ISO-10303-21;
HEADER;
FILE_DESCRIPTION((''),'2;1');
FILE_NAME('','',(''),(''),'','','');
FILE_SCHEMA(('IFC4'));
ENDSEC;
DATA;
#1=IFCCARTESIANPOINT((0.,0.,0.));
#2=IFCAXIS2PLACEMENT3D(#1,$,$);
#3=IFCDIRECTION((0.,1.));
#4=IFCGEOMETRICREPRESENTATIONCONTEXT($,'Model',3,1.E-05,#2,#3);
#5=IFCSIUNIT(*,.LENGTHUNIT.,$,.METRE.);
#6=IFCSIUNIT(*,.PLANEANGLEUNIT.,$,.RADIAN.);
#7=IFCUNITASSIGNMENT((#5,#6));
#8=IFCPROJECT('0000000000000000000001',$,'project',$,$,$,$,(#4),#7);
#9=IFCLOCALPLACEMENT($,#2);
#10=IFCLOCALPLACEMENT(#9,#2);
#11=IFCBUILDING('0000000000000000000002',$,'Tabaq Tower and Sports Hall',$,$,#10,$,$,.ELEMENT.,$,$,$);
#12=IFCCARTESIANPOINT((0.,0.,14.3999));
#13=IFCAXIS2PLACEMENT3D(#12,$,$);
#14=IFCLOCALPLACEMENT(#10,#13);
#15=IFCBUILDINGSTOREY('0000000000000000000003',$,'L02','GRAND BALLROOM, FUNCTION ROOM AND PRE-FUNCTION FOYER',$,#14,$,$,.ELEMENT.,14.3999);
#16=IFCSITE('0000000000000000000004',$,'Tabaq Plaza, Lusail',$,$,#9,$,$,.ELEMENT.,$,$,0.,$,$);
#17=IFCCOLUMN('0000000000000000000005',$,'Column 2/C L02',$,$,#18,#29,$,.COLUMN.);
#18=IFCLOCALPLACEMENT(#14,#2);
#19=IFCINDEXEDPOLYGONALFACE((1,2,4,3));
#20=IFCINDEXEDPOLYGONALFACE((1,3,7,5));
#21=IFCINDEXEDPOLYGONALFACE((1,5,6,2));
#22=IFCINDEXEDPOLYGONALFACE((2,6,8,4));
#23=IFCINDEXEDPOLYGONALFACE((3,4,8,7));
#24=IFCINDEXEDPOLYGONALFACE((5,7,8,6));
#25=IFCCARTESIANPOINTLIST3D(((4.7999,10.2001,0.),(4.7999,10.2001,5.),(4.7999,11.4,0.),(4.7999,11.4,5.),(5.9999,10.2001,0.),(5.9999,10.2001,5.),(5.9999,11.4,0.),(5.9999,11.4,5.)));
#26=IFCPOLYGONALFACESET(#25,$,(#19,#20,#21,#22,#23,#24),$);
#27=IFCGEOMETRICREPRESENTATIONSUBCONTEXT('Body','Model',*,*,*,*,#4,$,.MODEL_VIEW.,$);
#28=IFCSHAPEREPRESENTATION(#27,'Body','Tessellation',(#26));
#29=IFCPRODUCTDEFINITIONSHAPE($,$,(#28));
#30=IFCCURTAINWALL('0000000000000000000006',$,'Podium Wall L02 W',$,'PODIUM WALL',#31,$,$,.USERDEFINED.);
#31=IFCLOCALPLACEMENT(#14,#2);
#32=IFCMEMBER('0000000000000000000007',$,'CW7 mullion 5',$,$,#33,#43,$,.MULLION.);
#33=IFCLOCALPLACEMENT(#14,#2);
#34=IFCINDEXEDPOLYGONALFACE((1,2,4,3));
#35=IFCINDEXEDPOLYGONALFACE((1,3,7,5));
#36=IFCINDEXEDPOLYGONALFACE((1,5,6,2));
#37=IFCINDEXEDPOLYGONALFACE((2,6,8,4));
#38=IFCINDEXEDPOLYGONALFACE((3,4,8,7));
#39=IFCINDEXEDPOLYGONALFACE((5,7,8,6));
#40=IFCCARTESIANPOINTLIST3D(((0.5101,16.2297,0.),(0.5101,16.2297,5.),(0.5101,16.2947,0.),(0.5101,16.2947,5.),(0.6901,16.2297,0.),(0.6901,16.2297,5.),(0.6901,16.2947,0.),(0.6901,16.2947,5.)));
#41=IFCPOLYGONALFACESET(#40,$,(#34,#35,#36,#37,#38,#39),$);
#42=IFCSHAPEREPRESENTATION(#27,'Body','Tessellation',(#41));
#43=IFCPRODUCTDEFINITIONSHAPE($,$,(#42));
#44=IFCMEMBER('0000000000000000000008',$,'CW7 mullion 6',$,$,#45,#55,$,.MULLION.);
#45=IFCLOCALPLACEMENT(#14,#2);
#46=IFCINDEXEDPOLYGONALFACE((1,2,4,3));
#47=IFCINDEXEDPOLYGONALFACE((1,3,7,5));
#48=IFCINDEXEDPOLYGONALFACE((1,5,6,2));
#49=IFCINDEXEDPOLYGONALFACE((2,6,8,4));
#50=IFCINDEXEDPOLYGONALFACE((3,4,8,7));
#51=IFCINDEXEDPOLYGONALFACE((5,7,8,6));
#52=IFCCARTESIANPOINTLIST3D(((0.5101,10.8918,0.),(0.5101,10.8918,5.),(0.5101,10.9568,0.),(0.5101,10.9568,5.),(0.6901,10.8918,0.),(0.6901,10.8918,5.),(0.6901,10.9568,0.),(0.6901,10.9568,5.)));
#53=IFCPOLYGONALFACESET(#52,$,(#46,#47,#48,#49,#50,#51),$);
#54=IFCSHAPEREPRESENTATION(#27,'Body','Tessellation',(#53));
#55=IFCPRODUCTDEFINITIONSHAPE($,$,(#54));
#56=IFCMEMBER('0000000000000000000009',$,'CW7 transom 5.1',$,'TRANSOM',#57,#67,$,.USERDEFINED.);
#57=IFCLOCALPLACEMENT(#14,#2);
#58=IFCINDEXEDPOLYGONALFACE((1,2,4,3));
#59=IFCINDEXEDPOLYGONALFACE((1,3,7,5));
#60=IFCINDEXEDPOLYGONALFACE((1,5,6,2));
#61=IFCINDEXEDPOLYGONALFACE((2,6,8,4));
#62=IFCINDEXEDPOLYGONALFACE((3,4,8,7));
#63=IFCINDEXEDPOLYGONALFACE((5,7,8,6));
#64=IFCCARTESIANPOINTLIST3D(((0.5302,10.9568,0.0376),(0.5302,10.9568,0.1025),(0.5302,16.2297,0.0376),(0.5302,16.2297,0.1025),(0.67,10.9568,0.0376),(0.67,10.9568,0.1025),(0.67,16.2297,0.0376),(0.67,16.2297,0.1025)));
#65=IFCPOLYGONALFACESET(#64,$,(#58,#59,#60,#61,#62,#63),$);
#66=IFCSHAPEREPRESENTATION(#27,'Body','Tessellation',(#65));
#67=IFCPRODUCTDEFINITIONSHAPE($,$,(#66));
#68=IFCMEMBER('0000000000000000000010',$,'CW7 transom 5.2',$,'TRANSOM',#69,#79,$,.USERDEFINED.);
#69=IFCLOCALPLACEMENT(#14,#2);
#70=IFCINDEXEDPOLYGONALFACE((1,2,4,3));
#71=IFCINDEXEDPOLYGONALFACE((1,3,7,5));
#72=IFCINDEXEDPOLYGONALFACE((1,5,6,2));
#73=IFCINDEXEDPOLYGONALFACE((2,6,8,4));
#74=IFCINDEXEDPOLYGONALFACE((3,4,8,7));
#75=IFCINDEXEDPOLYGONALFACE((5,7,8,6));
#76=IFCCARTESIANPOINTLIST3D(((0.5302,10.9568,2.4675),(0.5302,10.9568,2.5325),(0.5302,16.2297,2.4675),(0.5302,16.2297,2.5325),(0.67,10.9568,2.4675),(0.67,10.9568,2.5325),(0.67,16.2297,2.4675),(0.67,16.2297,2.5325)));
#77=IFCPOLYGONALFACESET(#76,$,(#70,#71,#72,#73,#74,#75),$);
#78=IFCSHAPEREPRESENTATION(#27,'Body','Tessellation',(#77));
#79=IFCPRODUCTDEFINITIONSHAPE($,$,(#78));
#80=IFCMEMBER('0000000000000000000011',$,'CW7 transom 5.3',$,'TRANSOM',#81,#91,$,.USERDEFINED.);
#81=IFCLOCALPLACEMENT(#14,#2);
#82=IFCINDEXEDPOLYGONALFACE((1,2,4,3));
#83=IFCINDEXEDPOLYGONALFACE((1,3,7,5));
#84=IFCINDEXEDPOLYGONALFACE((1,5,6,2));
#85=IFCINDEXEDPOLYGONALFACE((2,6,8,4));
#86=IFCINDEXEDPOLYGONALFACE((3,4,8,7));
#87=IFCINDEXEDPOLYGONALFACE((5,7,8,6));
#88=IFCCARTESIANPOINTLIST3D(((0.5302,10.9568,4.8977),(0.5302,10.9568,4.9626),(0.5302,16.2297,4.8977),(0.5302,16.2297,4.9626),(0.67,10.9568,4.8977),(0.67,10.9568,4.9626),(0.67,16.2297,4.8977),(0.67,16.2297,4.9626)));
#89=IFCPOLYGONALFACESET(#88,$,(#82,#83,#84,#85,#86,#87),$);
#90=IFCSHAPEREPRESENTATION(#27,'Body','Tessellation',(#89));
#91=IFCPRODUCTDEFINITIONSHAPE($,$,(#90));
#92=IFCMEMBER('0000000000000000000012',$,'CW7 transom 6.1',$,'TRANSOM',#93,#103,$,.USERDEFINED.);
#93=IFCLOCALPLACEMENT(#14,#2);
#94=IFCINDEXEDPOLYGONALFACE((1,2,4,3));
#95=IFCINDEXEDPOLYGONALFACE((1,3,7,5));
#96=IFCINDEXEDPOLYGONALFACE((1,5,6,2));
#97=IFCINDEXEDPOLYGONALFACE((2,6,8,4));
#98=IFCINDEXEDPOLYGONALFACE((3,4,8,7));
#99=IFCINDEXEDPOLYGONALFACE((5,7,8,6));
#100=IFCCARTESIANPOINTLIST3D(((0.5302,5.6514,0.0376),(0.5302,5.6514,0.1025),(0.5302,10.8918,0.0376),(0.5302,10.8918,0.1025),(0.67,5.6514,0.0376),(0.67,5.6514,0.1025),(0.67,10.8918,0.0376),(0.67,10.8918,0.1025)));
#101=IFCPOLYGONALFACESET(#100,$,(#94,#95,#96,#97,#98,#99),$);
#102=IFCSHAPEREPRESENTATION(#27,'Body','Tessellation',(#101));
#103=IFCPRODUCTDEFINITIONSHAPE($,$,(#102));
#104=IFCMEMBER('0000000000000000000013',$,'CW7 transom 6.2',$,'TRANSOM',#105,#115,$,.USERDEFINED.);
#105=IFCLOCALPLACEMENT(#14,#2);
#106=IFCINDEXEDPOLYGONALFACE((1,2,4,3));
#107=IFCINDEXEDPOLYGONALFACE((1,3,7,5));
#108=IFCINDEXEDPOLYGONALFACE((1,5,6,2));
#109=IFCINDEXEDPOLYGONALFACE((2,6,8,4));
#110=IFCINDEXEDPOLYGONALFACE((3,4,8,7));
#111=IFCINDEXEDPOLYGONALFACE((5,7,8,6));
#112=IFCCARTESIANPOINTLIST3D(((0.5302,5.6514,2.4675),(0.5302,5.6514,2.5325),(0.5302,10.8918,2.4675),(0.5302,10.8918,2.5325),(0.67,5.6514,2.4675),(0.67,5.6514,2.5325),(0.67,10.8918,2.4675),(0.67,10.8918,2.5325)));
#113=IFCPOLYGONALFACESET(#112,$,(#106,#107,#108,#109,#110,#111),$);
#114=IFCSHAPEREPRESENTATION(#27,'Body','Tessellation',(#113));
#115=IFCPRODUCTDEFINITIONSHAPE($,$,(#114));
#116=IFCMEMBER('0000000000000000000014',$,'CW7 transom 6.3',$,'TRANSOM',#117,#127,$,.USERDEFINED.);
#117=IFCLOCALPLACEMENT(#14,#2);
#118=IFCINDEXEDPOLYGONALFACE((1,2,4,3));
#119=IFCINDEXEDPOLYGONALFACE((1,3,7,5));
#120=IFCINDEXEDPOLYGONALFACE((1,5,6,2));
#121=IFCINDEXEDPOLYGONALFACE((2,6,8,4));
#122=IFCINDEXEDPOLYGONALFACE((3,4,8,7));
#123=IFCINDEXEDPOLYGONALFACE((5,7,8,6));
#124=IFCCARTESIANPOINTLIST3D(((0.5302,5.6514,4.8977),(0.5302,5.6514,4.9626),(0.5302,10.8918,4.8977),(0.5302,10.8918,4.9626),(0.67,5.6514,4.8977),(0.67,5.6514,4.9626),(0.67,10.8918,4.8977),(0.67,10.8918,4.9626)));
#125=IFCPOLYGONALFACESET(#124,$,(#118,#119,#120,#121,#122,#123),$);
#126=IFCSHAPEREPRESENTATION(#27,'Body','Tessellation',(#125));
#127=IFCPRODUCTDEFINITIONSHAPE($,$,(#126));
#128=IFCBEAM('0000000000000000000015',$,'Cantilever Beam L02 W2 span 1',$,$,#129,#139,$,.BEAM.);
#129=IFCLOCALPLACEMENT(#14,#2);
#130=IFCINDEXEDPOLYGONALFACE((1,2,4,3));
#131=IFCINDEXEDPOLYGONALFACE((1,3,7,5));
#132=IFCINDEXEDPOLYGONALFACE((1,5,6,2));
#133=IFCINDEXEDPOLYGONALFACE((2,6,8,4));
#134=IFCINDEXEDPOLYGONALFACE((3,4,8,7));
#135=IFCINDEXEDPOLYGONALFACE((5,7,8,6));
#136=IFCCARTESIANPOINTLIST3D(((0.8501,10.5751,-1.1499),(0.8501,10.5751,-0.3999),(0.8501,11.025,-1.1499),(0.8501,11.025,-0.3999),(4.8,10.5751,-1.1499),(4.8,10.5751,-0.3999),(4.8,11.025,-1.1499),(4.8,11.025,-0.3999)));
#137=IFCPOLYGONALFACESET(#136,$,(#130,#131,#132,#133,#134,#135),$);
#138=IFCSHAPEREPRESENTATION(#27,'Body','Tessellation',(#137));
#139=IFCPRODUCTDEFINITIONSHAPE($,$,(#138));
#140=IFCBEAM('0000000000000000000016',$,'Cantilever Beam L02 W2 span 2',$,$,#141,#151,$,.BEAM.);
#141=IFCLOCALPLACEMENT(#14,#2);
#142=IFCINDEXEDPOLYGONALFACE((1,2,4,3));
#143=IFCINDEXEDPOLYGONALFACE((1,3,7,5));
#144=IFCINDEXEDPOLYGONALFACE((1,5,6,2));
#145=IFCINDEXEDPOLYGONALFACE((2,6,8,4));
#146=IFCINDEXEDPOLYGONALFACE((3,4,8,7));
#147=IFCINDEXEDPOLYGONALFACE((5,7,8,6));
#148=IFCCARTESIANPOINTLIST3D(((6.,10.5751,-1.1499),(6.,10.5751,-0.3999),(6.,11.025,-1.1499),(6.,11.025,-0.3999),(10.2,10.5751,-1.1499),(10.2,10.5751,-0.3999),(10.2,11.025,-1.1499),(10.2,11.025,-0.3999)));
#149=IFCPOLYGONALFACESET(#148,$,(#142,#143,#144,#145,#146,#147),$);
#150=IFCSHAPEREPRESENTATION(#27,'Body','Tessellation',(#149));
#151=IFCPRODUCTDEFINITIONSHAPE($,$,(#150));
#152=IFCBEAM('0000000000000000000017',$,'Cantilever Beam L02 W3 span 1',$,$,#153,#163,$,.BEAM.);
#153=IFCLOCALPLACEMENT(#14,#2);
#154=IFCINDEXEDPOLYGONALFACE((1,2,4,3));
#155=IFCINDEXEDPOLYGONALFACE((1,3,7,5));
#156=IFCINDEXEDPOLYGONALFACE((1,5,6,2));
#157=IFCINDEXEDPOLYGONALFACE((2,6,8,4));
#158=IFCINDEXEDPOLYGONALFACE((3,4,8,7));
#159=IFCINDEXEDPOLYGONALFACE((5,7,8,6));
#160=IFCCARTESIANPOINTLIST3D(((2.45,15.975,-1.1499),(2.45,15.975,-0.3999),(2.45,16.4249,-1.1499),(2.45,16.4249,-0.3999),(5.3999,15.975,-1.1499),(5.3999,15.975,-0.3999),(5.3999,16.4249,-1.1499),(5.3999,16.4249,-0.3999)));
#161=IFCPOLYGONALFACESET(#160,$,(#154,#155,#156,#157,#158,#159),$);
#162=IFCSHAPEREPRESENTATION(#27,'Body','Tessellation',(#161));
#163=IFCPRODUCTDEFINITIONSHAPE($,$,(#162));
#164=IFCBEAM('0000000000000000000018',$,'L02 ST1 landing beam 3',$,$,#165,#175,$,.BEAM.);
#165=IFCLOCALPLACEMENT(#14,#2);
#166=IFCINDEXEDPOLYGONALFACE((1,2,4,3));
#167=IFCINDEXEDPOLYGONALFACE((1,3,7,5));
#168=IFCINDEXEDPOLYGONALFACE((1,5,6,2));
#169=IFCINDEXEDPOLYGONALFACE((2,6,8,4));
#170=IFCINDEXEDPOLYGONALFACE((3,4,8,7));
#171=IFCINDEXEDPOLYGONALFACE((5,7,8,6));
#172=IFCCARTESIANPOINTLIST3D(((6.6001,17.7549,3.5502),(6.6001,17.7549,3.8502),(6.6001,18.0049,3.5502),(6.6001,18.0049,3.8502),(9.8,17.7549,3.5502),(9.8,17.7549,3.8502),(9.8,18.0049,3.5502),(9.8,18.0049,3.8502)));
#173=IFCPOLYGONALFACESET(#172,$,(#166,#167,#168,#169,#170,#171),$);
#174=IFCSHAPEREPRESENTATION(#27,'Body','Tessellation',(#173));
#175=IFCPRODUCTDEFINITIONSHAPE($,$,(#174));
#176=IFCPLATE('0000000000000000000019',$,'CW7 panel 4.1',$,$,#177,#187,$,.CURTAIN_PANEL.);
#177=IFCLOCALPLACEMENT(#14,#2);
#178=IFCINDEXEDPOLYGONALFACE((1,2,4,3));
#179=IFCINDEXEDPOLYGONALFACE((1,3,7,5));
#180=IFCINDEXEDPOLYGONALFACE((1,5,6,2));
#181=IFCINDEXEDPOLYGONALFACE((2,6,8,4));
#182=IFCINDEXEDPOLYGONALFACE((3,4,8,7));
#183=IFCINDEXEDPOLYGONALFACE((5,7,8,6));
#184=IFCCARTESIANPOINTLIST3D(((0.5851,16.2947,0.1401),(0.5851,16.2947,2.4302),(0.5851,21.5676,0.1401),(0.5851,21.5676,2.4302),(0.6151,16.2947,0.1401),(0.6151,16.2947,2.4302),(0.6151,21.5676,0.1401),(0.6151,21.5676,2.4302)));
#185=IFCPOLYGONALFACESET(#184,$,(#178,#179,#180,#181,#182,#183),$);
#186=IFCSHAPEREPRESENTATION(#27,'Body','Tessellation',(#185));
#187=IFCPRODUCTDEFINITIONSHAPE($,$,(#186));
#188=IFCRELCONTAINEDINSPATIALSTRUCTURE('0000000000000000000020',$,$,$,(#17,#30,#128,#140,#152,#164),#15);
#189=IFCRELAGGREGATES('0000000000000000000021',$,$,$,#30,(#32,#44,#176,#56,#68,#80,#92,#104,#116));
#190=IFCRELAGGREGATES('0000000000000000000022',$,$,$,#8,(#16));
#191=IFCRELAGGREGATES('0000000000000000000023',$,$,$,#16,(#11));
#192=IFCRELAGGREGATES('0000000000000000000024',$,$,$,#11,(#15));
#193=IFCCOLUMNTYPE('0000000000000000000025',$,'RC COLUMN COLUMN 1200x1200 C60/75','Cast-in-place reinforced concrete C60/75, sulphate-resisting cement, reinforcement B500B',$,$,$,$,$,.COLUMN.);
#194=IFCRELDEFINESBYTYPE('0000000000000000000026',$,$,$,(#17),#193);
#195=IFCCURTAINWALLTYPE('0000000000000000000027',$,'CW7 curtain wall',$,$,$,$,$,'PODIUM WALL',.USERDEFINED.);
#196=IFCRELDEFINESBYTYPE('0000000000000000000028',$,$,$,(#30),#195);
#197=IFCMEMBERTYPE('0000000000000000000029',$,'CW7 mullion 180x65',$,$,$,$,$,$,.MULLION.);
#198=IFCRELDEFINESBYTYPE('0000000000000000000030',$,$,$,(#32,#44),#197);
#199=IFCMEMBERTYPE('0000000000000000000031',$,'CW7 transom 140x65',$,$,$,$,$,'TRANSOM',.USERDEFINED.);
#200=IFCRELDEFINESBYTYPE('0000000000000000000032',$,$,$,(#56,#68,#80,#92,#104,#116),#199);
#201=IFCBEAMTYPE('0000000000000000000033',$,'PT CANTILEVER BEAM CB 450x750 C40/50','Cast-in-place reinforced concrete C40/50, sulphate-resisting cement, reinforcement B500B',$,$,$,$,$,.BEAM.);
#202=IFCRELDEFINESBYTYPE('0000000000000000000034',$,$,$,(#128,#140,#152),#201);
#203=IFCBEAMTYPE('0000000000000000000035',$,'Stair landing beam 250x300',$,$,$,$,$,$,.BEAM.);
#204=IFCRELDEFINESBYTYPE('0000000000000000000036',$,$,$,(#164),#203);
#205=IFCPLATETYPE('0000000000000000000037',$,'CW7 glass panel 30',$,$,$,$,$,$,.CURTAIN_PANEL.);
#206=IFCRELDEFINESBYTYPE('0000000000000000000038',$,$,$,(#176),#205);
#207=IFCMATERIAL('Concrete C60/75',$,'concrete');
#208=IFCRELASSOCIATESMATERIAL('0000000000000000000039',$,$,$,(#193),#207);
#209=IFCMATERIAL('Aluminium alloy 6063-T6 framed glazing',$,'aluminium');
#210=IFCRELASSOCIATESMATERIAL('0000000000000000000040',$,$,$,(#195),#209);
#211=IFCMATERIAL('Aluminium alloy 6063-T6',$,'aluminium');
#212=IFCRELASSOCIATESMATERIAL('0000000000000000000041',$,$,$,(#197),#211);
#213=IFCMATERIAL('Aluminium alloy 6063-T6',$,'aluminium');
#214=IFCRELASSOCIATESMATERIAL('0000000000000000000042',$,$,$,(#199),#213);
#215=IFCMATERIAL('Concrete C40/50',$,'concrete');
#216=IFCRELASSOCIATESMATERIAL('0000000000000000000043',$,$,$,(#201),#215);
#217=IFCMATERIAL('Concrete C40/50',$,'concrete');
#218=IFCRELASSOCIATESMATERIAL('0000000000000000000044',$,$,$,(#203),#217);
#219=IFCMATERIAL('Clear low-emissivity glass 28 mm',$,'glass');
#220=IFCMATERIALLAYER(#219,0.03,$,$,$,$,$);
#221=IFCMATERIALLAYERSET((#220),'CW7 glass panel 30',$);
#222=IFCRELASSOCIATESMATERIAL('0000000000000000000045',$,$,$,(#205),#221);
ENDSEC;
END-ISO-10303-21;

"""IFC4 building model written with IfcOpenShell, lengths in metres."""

from ifc_helpers import new_model, si_unit, direction, frame, origin, origin_2d, place, context, subcontext, project, spatial, rectangle, extrude, material, layer, layer_set, material_profile, profile_set, type_object, element, aggregate, save


model = new_model("IFC4")

# Units and contexts
model_context = context("Model", 3, precision=1e-05, world=origin(), true_north=direction((0.0, 1.0)))
body_context = subcontext(model_context, "Body", "Model", "MODEL_VIEW")
ifc_project = project(units=[si_unit("LENGTHUNIT", "METRE"), si_unit("PLANEANGLEUNIT", "RADIAN")], contexts=[model_context])

# Site, building, storey
site_placement = place(None, origin())
site = spatial("IfcSite", under=ifc_project, at=site_placement, Name="Tabaq Plaza, Lusail", CompositionType="ELEMENT", RefElevation=0.0)
building_placement = place(site_placement, origin())
building = spatial("IfcBuilding", under=site, at=building_placement, Name="Tabaq Tower and Sports Hall", CompositionType="ELEMENT")
storey_placement = place(building_placement, frame((0.0, 0.0, 14.3999)))
storey = spatial("IfcBuildingStorey", under=building, at=storey_placement, Name="L02", Description="GRAND BALLROOM, FUNCTION ROOM AND PRE-FUNCTION FOYER", CompositionType="ELEMENT", Elevation=14.3999)

# Column
ifc_material_1 = material(Name="Concrete C60/75", Category="concrete")
ifc_material_profile_1 = material_profile(ifc_material_1, rectangle(XDim=1.2, YDim=1.2, at=origin_2d()), Name="COLUMN 1200x1200")
ifc_profile_set_1 = profile_set([ifc_material_profile_1], Name="Concrete C60/75")
column_type = type_object("IfcColumnType", Name="RC COLUMN COLUMN 1200x1200 C60/75", Description="Cast-in-place reinforced concrete C60/75, sulphate-resisting cement, reinforcement B500B", PredefinedType="COLUMN", material=ifc_profile_set_1)
column_placement = place(storey_placement, frame((5.3999, 10.8, 0.0), z_axis=(0.0, 0.0, 1.0), x_axis=(1.0, 0.0, 0.0)))
element("IfcColumn", 1, at=column_placement, inside=storey, type_object=column_type, Name="Column 2/C L02", PredefinedType="COLUMN", context=body_context, shape_type="SweptSolid", body=[
    extrude(rectangle(XDim=1.2, YDim=1.2, at=origin_2d()), origin(), (0.0, 0.0, 1.0), 5.0),
])

# Curtain wall, members
ifc_material_2 = material(Name="Aluminium alloy 6063-T6 framed glazing", Category="aluminium")
curtain_wall_type = type_object("IfcCurtainWallType", Name="CW7 curtain wall", ElementType="PODIUM WALL", PredefinedType="USERDEFINED", material=ifc_material_2)
curtain_wall_placement = place(storey_placement, origin())
curtain_wall = element("IfcCurtainWall", 2, at=curtain_wall_placement, inside=storey, type_object=curtain_wall_type, Name="Podium Wall L02 W", ObjectType="PODIUM WALL", PredefinedType="USERDEFINED")
ifc_material_3 = material(Name="Aluminium alloy 6063-T6", Category="aluminium")
ifc_material_profile_2 = material_profile(ifc_material_3, rectangle(XDim=0.1799, YDim=0.0649, at=origin_2d()), Name="MULLION 180x65")
ifc_profile_set_2 = profile_set([ifc_material_profile_2], Name="Aluminium alloy 6063-T6")
member_type_1 = type_object("IfcMemberType", Name="CW7 mullion 180x65", PredefinedType="MULLION", material=ifc_profile_set_2)
member_1_placement = place(storey_placement, frame((0.6001, 16.2622, 0.0), z_axis=(0.0, 0.0, 1.0), x_axis=(1.0, 0.0, 0.0)))
member_1 = element("IfcMember", 3, at=member_1_placement, type_object=member_type_1, Name="CW7 mullion 5", PredefinedType="MULLION", context=body_context, shape_type="SweptSolid", body=[
    extrude(rectangle(XDim=0.1799, YDim=0.0649, at=origin_2d()), origin(), (0.0, 0.0, 1.0), 5.0),
])
member_2_placement = place(storey_placement, frame((0.6001, 10.9243, 0.0), z_axis=(0.0, 0.0, 1.0), x_axis=(1.0, 0.0, 0.0)))
member_2 = element("IfcMember", 4, at=member_2_placement, type_object=member_type_1, Name="CW7 mullion 6", PredefinedType="MULLION", context=body_context, shape_type="SweptSolid", body=[
    extrude(rectangle(XDim=0.1799, YDim=0.0649, at=origin_2d()), origin(), (0.0, 0.0, 1.0), 5.0),
])
ifc_material_4 = material(Name="Aluminium alloy 6063-T6", Category="aluminium")
ifc_material_profile_3 = material_profile(ifc_material_4, rectangle(XDim=0.1399, YDim=0.0649, at=origin_2d()), Name="TRANSOM 140x65")
ifc_profile_set_3 = profile_set([ifc_material_profile_3], Name="Aluminium alloy 6063-T6")
member_type_2 = type_object("IfcMemberType", Name="CW7 transom 140x65", ElementType="TRANSOM", PredefinedType="USERDEFINED", material=ifc_profile_set_3)
member_3_placement = place(storey_placement, frame((0.6001, 16.2297, 0.0701), z_axis=(0.0, -1.0, 0.0), x_axis=(1.0, 0.0, 0.0)))
member_3 = element("IfcMember", 5, at=member_3_placement, type_object=member_type_2, Name="CW7 transom 5.1", ObjectType="TRANSOM", PredefinedType="USERDEFINED", context=body_context, shape_type="SweptSolid", body=[
    extrude(rectangle(XDim=0.1399, YDim=0.0649, at=origin_2d()), origin(), (0.0, 0.0, 1.0), 5.2729),
])
member_4_placement = place(storey_placement, frame((0.6001, 16.2297, 2.5), z_axis=(0.0, -1.0, 0.0), x_axis=(1.0, 0.0, 0.0)))
member_4 = element("IfcMember", 6, at=member_4_placement, type_object=member_type_2, Name="CW7 transom 5.2", ObjectType="TRANSOM", PredefinedType="USERDEFINED", context=body_context, shape_type="SweptSolid", body=[
    extrude(rectangle(XDim=0.1399, YDim=0.0649, at=origin_2d()), origin(), (0.0, 0.0, 1.0), 5.2729),
])
member_5_placement = place(storey_placement, frame((0.6001, 16.2297, 4.9302), z_axis=(0.0, -1.0, 0.0), x_axis=(1.0, 0.0, 0.0)))
member_5 = element("IfcMember", 7, at=member_5_placement, type_object=member_type_2, Name="CW7 transom 5.3", ObjectType="TRANSOM", PredefinedType="USERDEFINED", context=body_context, shape_type="SweptSolid", body=[
    extrude(rectangle(XDim=0.1399, YDim=0.0649, at=origin_2d()), origin(), (0.0, 0.0, 1.0), 5.2729),
])
member_6_placement = place(storey_placement, frame((0.6001, 10.8918, 0.0701), z_axis=(0.0, -1.0, 0.0), x_axis=(1.0, 0.0, 0.0)))
member_6 = element("IfcMember", 8, at=member_6_placement, type_object=member_type_2, Name="CW7 transom 6.1", ObjectType="TRANSOM", PredefinedType="USERDEFINED", context=body_context, shape_type="SweptSolid", body=[
    extrude(rectangle(XDim=0.1399, YDim=0.0649, at=origin_2d()), origin(), (0.0, 0.0, 1.0), 5.2405),
])
member_7_placement = place(storey_placement, frame((0.6001, 10.8918, 2.5), z_axis=(0.0, -1.0, 0.0), x_axis=(1.0, 0.0, 0.0)))
member_7 = element("IfcMember", 9, at=member_7_placement, type_object=member_type_2, Name="CW7 transom 6.2", ObjectType="TRANSOM", PredefinedType="USERDEFINED", context=body_context, shape_type="SweptSolid", body=[
    extrude(rectangle(XDim=0.1399, YDim=0.0649, at=origin_2d()), origin(), (0.0, 0.0, 1.0), 5.2405),
])
member_8_placement = place(storey_placement, frame((0.6001, 10.8918, 4.9302), z_axis=(0.0, -1.0, 0.0), x_axis=(1.0, 0.0, 0.0)))
member_8 = element("IfcMember", 10, at=member_8_placement, type_object=member_type_2, Name="CW7 transom 6.3", ObjectType="TRANSOM", PredefinedType="USERDEFINED", context=body_context, shape_type="SweptSolid", body=[
    extrude(rectangle(XDim=0.1399, YDim=0.0649, at=origin_2d()), origin(), (0.0, 0.0, 1.0), 5.2405),
])

# Beams
ifc_material_5 = material(Name="Concrete C40/50", Category="concrete")
ifc_material_profile_4 = material_profile(ifc_material_5, rectangle(XDim=0.45, YDim=0.75, at=origin_2d()), Name="CB 450x750")
ifc_profile_set_4 = profile_set([ifc_material_profile_4], Name="Concrete C40/50")
beam_type_1 = type_object("IfcBeamType", Name="PT CANTILEVER BEAM CB 450x750 C40/50", Description="Cast-in-place reinforced concrete C40/50, sulphate-resisting cement, reinforcement B500B", PredefinedType="BEAM", material=ifc_profile_set_4)
beam_1_placement = place(storey_placement, frame((0.8501, 10.8, -0.7749), z_axis=(1.0, 0.0, 0.0), x_axis=(0.0, 1.0, 0.0)))
element("IfcBeam", 11, at=beam_1_placement, inside=storey, type_object=beam_type_1, Name="Cantilever Beam L02 W2 span 1", PredefinedType="BEAM", context=body_context, shape_type="SweptSolid", body=[
    extrude(rectangle(XDim=0.45, YDim=0.75, at=origin_2d()), origin(), (0.0, 0.0, 1.0), 3.95),
])
beam_2_placement = place(storey_placement, frame((6.0, 10.8, -0.7749), z_axis=(1.0, 0.0, 0.0), x_axis=(0.0, 1.0, 0.0)))
element("IfcBeam", 12, at=beam_2_placement, inside=storey, type_object=beam_type_1, Name="Cantilever Beam L02 W2 span 2", PredefinedType="BEAM", context=body_context, shape_type="SweptSolid", body=[
    extrude(rectangle(XDim=0.45, YDim=0.75, at=origin_2d()), origin(), (0.0, 0.0, 1.0), 4.2),
])
beam_3_placement = place(storey_placement, frame((2.45, 16.2, -0.7749), z_axis=(1.0, 0.0, 0.0), x_axis=(0.0, 1.0, 0.0)))
element("IfcBeam", 13, at=beam_3_placement, inside=storey, type_object=beam_type_1, Name="Cantilever Beam L02 W3 span 1", PredefinedType="BEAM", context=body_context, shape_type="SweptSolid", body=[
    extrude(rectangle(XDim=0.45, YDim=0.75, at=origin_2d()), origin(), (0.0, 0.0, 1.0), 2.95),
])
ifc_material_6 = material(Name="Concrete C40/50", Category="concrete")
ifc_material_profile_5 = material_profile(ifc_material_6, rectangle(XDim=0.25, YDim=0.3, at=origin_2d()), Name="RC 250x300")
ifc_profile_set_5 = profile_set([ifc_material_profile_5], Name="Concrete C40/50")
beam_type_2 = type_object("IfcBeamType", Name="Stair landing beam 250x300", PredefinedType="BEAM", material=ifc_profile_set_5)
beam_4_placement = place(storey_placement, frame((6.6001, 17.8799, 3.7002), z_axis=(1.0, 0.0, 0.0), x_axis=(0.0, 1.0, 0.0)))
element("IfcBeam", 14, at=beam_4_placement, inside=storey, type_object=beam_type_2, Name="L02 ST1 landing beam 3", PredefinedType="BEAM", context=body_context, shape_type="SweptSolid", body=[
    extrude(rectangle(XDim=0.25, YDim=0.3, at=origin_2d()), origin(), (0.0, 0.0, 1.0), 3.2),
])

# Plate
ifc_material_7 = material(Name="Clear low-emissivity glass 28 mm", Category="glass")
ifc_layer_1 = layer(ifc_material_7, 0.03)
ifc_layer_set_1 = layer_set([ifc_layer_1], Name="CW7 glass panel 30")
plate_type = type_object("IfcPlateType", Name="CW7 glass panel 30", PredefinedType="CURTAIN_PANEL", material=ifc_layer_set_1)
plate_1_placement = place(storey_placement, frame((0.6001, 18.9312, 0.1401), z_axis=(0.0, 0.0, 1.0), x_axis=(0.0, -1.0, 0.0)))
plate_1 = element("IfcPlate", 15, at=plate_1_placement, type_object=plate_type, Name="CW7 panel 4.1", PredefinedType="CURTAIN_PANEL", context=body_context, shape_type="SweptSolid", body=[
    extrude(rectangle(XDim=5.2729, YDim=0.03, at=origin_2d()), origin(), (0.0, 0.0, 1.0), 2.29),
])
aggregate(curtain_wall, [member_1, member_2, plate_1, member_3, member_4, member_5, member_6, member_7, member_8])

save(model, "model.ifc")
